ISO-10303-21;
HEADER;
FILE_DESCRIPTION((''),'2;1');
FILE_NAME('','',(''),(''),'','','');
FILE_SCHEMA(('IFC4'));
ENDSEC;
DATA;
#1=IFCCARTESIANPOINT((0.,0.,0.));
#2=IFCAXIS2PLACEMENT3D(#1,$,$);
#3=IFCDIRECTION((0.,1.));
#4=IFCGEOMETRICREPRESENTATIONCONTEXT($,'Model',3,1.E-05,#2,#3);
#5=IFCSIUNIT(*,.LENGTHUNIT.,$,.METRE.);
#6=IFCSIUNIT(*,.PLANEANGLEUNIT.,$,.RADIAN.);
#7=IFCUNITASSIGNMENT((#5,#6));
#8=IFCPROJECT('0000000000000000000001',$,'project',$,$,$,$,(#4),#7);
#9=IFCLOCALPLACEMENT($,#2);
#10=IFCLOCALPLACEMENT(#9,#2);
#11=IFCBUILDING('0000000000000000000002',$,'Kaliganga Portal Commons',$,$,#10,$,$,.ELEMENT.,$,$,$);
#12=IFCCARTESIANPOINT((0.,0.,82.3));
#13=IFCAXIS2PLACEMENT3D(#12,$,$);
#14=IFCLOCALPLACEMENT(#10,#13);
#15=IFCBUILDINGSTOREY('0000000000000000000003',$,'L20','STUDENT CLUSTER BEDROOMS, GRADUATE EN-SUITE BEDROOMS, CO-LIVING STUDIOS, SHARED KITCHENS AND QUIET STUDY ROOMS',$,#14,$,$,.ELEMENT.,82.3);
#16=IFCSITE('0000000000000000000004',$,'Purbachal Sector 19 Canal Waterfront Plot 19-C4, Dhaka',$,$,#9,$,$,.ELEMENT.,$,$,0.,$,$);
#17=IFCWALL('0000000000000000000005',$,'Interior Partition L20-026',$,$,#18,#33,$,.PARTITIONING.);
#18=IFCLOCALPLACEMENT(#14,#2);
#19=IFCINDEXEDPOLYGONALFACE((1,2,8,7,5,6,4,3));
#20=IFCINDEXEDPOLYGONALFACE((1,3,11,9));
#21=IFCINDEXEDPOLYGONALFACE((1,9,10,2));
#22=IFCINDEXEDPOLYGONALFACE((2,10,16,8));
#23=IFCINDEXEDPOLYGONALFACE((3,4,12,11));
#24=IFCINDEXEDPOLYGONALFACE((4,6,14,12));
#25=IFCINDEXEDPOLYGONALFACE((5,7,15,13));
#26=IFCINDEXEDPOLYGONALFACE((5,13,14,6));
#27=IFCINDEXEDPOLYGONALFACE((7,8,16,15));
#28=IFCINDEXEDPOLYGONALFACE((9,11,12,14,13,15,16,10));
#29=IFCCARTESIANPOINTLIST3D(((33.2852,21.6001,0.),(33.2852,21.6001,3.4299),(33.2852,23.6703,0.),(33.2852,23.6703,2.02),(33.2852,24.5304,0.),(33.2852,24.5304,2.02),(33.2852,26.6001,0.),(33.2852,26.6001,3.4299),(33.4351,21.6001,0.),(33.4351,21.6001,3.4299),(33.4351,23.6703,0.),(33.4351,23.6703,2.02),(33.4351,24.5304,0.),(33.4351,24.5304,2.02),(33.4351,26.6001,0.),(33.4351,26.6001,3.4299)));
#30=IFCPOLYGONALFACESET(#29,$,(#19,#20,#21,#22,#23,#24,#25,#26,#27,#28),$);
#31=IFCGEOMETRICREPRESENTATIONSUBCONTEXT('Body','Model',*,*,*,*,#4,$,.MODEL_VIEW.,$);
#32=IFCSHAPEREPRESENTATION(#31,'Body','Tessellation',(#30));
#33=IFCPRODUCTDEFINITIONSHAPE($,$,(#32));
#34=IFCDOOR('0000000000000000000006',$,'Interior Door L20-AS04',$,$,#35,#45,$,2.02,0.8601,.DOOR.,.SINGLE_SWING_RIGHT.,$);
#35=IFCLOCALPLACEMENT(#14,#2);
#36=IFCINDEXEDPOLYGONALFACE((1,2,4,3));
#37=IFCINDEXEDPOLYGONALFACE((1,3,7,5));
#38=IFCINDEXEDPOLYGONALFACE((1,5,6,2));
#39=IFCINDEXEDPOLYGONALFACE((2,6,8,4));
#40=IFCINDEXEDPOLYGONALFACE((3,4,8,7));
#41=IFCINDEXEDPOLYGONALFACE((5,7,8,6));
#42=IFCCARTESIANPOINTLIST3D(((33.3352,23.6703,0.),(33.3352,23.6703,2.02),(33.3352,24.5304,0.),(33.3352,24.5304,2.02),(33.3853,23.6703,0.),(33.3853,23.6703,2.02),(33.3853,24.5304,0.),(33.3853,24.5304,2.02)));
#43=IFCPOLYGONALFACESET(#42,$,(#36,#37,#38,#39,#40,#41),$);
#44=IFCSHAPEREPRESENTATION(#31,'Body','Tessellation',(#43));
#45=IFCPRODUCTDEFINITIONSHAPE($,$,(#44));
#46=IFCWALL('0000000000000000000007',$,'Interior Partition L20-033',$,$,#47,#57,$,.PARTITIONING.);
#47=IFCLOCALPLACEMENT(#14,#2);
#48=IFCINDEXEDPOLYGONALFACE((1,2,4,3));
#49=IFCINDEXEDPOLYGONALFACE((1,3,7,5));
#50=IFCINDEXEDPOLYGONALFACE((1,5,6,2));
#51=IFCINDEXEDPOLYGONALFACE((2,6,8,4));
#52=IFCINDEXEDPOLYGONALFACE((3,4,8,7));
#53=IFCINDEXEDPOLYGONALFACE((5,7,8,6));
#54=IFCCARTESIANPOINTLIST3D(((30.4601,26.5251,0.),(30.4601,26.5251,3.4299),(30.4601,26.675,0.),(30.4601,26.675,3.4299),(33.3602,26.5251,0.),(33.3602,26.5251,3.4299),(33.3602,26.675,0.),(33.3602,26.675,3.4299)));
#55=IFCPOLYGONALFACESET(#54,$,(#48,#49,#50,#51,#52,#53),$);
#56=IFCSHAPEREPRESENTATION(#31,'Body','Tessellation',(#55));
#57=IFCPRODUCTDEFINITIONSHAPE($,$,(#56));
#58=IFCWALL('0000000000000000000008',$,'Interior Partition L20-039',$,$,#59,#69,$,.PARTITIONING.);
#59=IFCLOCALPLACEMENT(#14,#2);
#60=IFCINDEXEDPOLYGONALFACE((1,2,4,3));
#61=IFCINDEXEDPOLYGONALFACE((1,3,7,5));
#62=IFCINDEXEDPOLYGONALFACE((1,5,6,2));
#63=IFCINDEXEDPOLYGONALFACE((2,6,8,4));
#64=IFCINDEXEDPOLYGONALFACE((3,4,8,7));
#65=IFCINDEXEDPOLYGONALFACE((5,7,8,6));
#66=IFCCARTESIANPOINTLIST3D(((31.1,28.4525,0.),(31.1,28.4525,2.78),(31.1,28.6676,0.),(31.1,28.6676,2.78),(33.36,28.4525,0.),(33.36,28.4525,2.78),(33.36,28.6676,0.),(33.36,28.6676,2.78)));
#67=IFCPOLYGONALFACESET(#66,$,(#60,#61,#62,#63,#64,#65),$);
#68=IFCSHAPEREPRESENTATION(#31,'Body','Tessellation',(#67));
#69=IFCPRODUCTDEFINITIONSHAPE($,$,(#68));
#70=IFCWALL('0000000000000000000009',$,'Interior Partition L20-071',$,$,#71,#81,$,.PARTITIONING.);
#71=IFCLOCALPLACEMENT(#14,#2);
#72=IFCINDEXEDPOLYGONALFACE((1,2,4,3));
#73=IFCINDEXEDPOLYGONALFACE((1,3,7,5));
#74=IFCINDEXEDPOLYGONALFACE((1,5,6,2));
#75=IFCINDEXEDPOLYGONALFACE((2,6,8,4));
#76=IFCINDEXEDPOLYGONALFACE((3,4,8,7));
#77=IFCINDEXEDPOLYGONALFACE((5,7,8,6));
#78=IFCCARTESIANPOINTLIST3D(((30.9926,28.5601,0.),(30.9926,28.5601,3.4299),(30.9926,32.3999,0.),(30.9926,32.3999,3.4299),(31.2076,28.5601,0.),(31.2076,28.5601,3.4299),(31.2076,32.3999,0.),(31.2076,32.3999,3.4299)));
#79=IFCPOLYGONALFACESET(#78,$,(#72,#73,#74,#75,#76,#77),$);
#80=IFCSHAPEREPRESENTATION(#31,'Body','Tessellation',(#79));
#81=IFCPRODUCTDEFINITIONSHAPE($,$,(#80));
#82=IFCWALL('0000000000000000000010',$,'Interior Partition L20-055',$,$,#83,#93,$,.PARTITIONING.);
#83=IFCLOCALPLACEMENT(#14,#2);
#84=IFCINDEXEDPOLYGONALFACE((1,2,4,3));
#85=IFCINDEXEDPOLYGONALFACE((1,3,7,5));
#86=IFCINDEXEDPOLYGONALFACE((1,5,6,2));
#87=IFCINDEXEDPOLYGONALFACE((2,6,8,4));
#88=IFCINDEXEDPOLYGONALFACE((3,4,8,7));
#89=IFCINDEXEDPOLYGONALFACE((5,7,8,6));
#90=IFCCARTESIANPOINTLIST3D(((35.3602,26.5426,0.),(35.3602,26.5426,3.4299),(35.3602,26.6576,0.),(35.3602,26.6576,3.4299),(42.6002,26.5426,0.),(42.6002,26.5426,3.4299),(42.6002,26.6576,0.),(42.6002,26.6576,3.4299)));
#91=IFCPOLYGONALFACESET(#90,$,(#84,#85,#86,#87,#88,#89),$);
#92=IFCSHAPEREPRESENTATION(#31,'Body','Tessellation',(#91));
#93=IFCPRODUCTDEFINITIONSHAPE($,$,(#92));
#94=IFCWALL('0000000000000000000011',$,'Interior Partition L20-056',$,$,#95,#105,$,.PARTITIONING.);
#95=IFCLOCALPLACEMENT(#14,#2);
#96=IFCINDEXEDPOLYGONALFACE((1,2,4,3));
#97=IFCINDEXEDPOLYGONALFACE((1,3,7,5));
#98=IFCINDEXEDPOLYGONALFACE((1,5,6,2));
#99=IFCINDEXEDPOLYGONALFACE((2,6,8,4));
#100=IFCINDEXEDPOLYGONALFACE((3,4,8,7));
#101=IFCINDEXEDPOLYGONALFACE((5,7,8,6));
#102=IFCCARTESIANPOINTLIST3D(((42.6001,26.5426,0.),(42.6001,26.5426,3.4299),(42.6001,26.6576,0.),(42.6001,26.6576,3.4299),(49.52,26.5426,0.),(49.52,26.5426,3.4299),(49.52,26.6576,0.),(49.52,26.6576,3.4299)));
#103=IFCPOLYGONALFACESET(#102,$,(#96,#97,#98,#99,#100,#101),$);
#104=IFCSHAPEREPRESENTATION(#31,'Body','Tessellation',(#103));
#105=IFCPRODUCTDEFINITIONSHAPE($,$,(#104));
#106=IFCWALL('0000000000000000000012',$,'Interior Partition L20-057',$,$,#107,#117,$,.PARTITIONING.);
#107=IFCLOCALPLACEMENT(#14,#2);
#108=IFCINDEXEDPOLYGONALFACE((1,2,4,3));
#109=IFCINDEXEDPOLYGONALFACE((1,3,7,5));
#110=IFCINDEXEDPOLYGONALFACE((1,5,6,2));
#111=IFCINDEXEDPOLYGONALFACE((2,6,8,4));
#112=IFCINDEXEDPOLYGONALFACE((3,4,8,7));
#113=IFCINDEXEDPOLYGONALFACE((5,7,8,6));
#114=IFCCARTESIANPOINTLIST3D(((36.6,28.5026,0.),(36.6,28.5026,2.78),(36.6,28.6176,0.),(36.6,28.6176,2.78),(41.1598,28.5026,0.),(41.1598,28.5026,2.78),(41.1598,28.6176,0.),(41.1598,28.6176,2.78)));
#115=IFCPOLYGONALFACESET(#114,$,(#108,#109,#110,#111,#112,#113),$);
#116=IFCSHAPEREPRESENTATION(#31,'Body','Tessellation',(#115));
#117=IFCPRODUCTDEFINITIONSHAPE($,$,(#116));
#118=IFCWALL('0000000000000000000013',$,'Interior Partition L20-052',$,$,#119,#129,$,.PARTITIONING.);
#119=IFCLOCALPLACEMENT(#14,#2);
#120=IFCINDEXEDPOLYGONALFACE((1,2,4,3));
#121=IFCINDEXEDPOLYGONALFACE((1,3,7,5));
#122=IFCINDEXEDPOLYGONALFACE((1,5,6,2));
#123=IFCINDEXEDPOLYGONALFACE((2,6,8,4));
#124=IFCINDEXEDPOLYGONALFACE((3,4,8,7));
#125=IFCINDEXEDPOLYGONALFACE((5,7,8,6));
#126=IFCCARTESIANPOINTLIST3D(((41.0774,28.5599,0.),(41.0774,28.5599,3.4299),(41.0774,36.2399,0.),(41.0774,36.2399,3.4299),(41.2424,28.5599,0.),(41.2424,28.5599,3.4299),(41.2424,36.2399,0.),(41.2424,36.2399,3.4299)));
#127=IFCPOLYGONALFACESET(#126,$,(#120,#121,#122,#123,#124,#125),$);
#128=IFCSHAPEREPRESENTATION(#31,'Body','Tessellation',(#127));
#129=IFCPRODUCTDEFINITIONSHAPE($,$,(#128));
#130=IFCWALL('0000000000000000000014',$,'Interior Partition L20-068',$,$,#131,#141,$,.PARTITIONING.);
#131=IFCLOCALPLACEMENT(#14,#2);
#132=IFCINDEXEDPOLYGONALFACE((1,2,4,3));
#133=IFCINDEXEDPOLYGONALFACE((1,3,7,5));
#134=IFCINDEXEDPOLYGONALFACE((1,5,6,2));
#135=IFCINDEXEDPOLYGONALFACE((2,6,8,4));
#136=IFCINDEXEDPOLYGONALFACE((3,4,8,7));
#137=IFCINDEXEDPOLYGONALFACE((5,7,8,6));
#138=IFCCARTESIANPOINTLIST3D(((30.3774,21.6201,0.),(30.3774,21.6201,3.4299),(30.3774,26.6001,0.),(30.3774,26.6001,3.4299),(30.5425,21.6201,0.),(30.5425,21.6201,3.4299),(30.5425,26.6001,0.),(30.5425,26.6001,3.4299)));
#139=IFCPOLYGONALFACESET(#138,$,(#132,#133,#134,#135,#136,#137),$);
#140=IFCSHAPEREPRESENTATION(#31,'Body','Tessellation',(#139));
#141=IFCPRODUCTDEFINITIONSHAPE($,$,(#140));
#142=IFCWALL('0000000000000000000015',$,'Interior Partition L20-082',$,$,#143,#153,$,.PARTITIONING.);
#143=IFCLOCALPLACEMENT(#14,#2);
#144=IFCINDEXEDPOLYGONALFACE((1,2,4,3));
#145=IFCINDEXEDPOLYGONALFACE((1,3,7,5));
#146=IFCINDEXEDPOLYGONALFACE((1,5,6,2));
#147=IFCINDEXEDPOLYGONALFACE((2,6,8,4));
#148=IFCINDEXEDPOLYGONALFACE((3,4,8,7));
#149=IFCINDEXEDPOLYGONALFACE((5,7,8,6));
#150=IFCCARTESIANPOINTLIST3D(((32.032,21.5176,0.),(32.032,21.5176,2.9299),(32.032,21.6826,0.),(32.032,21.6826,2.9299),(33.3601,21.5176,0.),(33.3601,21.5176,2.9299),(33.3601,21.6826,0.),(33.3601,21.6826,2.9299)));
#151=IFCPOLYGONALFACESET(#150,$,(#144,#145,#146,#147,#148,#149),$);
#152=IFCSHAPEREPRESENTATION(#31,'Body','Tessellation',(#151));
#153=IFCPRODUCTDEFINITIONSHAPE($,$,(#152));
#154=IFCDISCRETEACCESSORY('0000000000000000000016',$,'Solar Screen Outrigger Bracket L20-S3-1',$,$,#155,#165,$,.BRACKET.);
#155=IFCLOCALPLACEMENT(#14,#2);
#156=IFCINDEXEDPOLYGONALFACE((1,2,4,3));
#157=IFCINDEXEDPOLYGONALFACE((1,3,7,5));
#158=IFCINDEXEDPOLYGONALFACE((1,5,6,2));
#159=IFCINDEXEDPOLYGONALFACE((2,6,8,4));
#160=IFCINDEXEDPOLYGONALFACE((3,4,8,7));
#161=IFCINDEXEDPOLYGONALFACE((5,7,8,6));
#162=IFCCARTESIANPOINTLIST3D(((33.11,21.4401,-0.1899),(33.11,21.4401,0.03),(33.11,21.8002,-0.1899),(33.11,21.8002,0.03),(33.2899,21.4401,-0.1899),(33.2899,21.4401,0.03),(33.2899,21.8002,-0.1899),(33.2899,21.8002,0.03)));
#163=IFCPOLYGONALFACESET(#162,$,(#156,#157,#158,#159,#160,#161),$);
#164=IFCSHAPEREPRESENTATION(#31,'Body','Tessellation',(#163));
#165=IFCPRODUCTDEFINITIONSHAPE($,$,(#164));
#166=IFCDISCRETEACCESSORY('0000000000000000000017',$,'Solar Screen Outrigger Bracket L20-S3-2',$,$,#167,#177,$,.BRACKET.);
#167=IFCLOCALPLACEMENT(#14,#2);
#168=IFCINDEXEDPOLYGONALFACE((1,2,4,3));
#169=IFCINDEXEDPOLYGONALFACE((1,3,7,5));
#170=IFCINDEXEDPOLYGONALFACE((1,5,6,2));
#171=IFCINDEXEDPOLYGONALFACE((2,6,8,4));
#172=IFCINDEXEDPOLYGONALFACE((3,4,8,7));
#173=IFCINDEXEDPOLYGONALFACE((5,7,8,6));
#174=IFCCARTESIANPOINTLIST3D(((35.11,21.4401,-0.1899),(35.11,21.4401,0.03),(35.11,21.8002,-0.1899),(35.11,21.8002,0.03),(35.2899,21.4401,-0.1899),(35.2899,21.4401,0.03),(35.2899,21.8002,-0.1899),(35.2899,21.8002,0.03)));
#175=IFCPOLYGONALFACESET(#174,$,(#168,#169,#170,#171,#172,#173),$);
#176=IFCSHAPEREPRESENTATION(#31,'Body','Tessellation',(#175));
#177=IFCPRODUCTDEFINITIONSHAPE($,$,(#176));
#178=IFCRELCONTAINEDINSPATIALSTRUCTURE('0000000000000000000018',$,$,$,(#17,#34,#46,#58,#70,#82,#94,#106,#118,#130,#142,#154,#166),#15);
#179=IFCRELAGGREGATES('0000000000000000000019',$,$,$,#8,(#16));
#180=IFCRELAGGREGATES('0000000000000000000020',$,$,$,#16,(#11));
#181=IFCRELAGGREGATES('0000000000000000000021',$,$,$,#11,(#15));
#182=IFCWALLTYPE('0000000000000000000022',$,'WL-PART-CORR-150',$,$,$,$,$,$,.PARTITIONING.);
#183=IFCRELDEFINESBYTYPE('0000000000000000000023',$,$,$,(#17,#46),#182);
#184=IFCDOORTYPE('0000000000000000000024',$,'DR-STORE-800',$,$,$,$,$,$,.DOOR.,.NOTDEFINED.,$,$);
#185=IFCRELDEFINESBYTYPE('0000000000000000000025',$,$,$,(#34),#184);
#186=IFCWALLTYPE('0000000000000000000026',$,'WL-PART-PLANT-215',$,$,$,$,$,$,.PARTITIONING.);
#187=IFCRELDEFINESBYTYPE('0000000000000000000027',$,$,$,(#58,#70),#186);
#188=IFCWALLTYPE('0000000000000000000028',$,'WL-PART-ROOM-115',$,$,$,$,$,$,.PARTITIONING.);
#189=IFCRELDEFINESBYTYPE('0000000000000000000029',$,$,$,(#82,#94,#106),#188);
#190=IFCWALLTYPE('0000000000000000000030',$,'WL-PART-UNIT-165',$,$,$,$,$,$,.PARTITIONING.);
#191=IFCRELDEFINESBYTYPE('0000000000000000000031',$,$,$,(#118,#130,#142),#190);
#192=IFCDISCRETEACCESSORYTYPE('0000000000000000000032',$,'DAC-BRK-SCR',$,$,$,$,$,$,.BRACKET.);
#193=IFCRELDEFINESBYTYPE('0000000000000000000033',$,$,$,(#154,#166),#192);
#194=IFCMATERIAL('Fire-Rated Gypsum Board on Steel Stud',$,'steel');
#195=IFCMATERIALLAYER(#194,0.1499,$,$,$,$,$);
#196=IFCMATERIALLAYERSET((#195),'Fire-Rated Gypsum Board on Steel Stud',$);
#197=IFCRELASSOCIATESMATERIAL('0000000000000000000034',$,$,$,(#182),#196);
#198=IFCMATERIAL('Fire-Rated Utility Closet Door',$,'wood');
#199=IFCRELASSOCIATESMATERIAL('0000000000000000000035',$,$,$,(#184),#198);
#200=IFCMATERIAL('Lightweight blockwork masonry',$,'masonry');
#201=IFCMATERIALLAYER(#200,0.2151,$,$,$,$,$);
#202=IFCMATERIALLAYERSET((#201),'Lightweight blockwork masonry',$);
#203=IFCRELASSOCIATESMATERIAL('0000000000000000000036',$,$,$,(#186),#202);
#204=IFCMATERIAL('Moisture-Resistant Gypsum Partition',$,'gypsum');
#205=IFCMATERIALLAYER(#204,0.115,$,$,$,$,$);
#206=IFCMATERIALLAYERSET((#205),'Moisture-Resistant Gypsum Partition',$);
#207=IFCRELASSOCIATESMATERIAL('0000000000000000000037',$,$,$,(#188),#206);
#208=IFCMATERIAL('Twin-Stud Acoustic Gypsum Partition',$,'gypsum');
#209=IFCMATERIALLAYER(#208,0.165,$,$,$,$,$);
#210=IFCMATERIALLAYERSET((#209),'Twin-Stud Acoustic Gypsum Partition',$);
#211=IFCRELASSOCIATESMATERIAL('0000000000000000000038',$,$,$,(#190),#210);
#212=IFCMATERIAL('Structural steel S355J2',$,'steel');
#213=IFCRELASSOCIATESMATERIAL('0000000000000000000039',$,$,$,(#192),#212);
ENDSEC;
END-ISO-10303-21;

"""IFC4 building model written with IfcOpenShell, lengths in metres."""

from ifc_helpers import new_model, si_unit, direction, frame, frame_2d, origin, origin_2d, place, context, subcontext, project, spatial, rectangle, extrude, source, transform, mapped, material, layer, layer_set, type_object, element, fill, save


model = new_model("IFC4")

# Units and contexts
model_context = context("Model", 3, precision=1e-05, world=origin(), true_north=direction((0.0, 1.0)))
body_context = subcontext(model_context, "Body", "Model", "MODEL_VIEW")
ifc_project = project(units=[si_unit("LENGTHUNIT", "METRE"), si_unit("PLANEANGLEUNIT", "RADIAN")], contexts=[model_context])

# Site, building, storey
site_placement = place(None, origin())
site = spatial("IfcSite", under=ifc_project, at=site_placement, Name="Purbachal Sector 19 Canal Waterfront Plot 19-C4, Dhaka", CompositionType="ELEMENT", RefElevation=0.0)
building_placement = place(site_placement, origin())
building = spatial("IfcBuilding", under=site, at=building_placement, Name="Kaliganga Portal Commons", CompositionType="ELEMENT")
storey_placement = place(building_placement, frame((0.0, 0.0, 82.3)))
storey = spatial("IfcBuildingStorey", under=building, at=storey_placement, Name="L20", Description="STUDENT CLUSTER BEDROOMS, GRADUATE EN-SUITE BEDROOMS, CO-LIVING STUDIOS, SHARED KITCHENS AND QUIET STUDY ROOMS", CompositionType="ELEMENT", Elevation=82.3)

# Shared definitions
ifc_material_1 = material(Name="Structural steel S355J2", Category="steel")

# Wall, opening, door
ifc_material_2 = material(Name="Fire-Rated Gypsum Board on Steel Stud", Category="steel")
ifc_layer_1 = layer(ifc_material_2, 0.1499)
ifc_layer_set_1 = layer_set([ifc_layer_1], Name="Fire-Rated Gypsum Board on Steel Stud")
wall_type_1 = type_object("IfcWallType", Name="WL-PART-CORR-150", PredefinedType="PARTITIONING", material=ifc_layer_set_1)
wall_1_placement = place(storey_placement, frame((33.3601, 21.6001, 0.0), z_axis=(0.0, 0.0, 1.0), x_axis=(0.0, 1.0, 0.0)))
wall_1 = element("IfcWall", 1, at=wall_1_placement, inside=storey, type_object=wall_type_1, Name="Interior Partition L20-026", PredefinedType="PARTITIONING", context=body_context, shape_type="SweptSolid", body=[
    extrude(rectangle(XDim=5.0, YDim=0.1499, at=frame_2d((2.5, 0.0))), origin(), (0.0, 0.0, 1.0), 3.4299),
])
opening_1_placement = place(wall_1_placement, frame((2.0701, 0.0, 0.0)))
opening_1 = element("IfcOpeningElement", 2, at=opening_1_placement, cuts=wall_1, PredefinedType="OPENING", context=body_context, shape_type="SweptSolid", body=[
    extrude(rectangle(XDim=0.8601, YDim=2.02, at=frame_2d((0.4302, 1.01))), frame((0.0, 0.085, 0.0), z_axis=(0.0, -1.0, 0.0), x_axis=(1.0, 0.0, 0.0)), (0.0, 0.0, 1.0), 0.1699),
])
ifc_material_3 = material(Name="Fire-Rated Utility Closet Door", Category="wood")
door_type_1 = type_object("IfcDoorType", Name="DR-STORE-800", OperationType="NOTDEFINED", PredefinedType="DOOR", material=ifc_material_3)
door_1_placement = place(opening_1_placement, origin())
door_1 = element("IfcDoor", 3, at=door_1_placement, inside=storey, type_object=door_type_1, Name="Interior Door L20-AS04", OperationType="SINGLE_SWING_RIGHT", OverallHeight=2.02, OverallWidth=0.8601, PredefinedType="DOOR", context=body_context, shape_type="SweptSolid", body=[
    extrude(rectangle(XDim=0.8601, YDim=2.02, at=frame_2d((0.4302, 1.01))), frame((0.0, 0.0249, 0.0), z_axis=(0.0, -1.0, 0.0), x_axis=(1.0, 0.0, 0.0)), (0.0, 0.0, 1.0), 0.05),
])
fill(opening_1, door_1)

# Wall
wall_2_placement = place(storey_placement, frame((30.46, 26.6001, 0.0), z_axis=(0.0, 0.0, 1.0), x_axis=(1.0, 0.0, 0.0)))
element("IfcWall", 4, at=wall_2_placement, inside=storey, type_object=wall_type_1, Name="Interior Partition L20-033", PredefinedType="PARTITIONING", context=body_context, shape_type="SweptSolid", body=[
    extrude(rectangle(XDim=2.9001, YDim=0.1499, at=frame_2d((1.4502, 0.0))), origin(), (0.0, 0.0, 1.0), 3.4299),
])

# Shared definitions
ifc_material_4 = material(Name="Lightweight blockwork masonry", Category="masonry")
ifc_layer_2 = layer(ifc_material_4, 0.2151)
ifc_layer_set_2 = layer_set([ifc_layer_2], Name="Lightweight blockwork masonry")
wall_type_2 = type_object("IfcWallType", Name="WL-PART-PLANT-215", PredefinedType="PARTITIONING", material=ifc_layer_set_2)

# Walls
wall_3_placement = place(storey_placement, frame((31.1001, 28.5601, 0.0), z_axis=(0.0, 0.0, 1.0), x_axis=(1.0, 0.0, 0.0)))
element("IfcWall", 5, at=wall_3_placement, inside=storey, type_object=wall_type_2, Name="Interior Partition L20-039", PredefinedType="PARTITIONING", context=body_context, shape_type="SweptSolid", body=[
    extrude(rectangle(XDim=2.26, YDim=0.2151, at=frame_2d((1.1299, 0.0))), origin(), (0.0, 0.0, 1.0), 2.78),
])
wall_4_placement = place(storey_placement, frame((31.1001, 28.5601, 0.0), z_axis=(0.0, 0.0, 1.0), x_axis=(0.0, 1.0, 0.0)))
element("IfcWall", 6, at=wall_4_placement, inside=storey, type_object=wall_type_2, Name="Interior Partition L20-071", PredefinedType="PARTITIONING", context=body_context, shape_type="SweptSolid", body=[
    extrude(rectangle(XDim=3.8398, YDim=0.2151, at=frame_2d((1.9199, 0.0))), origin(), (0.0, 0.0, 1.0), 3.4299),
])
ifc_material_5 = material(Name="Moisture-Resistant Gypsum Partition", Category="gypsum")
ifc_layer_3 = layer(ifc_material_5, 0.115)
ifc_layer_set_3 = layer_set([ifc_layer_3], Name="Moisture-Resistant Gypsum Partition")
wall_type_3 = type_object("IfcWallType", Name="WL-PART-ROOM-115", PredefinedType="PARTITIONING", material=ifc_layer_set_3)
wall_5_placement = place(storey_placement, frame((35.3601, 26.6001, 0.0), z_axis=(0.0, 0.0, 1.0), x_axis=(1.0, 0.0, 0.0)))
element("IfcWall", 7, at=wall_5_placement, inside=storey, type_object=wall_type_3, Name="Interior Partition L20-055", PredefinedType="PARTITIONING", context=body_context, shape_type="SweptSolid", body=[
    extrude(rectangle(XDim=7.24, YDim=0.115, at=frame_2d((3.6201, 0.0))), origin(), (0.0, 0.0, 1.0), 3.4299),
])
wall_6_placement = place(storey_placement, frame((42.6001, 26.6001, 0.0), z_axis=(0.0, 0.0, 1.0), x_axis=(1.0, 0.0, 0.0)))
element("IfcWall", 8, at=wall_6_placement, inside=storey, type_object=wall_type_3, Name="Interior Partition L20-056", PredefinedType="PARTITIONING", context=body_context, shape_type="SweptSolid", body=[
    extrude(rectangle(XDim=6.9199, YDim=0.115, at=frame_2d((3.46, 0.0))), origin(), (0.0, 0.0, 1.0), 3.4299),
])
wall_7_placement = place(storey_placement, frame((36.6001, 28.5601, 0.0), z_axis=(0.0, 0.0, 1.0), x_axis=(1.0, 0.0, 0.0)))
element("IfcWall", 9, at=wall_7_placement, inside=storey, type_object=wall_type_3, Name="Interior Partition L20-057", PredefinedType="PARTITIONING", context=body_context, shape_type="SweptSolid", body=[
    extrude(rectangle(XDim=4.5598, YDim=0.115, at=frame_2d((2.2798, 0.0))), origin(), (0.0, 0.0, 1.0), 2.78),
])
ifc_material_6 = material(Name="Twin-Stud Acoustic Gypsum Partition", Category="gypsum")
ifc_layer_4 = layer(ifc_material_6, 0.165)
ifc_layer_set_4 = layer_set([ifc_layer_4], Name="Twin-Stud Acoustic Gypsum Partition")
wall_type_4 = type_object("IfcWallType", Name="WL-PART-UNIT-165", PredefinedType="PARTITIONING", material=ifc_layer_set_4)
wall_8_placement = place(storey_placement, frame((41.1599, 28.5601, 0.0), z_axis=(0.0, 0.0, 1.0), x_axis=(0.0, 1.0, 0.0)))
element("IfcWall", 10, at=wall_8_placement, inside=storey, type_object=wall_type_4, Name="Interior Partition L20-052", PredefinedType="PARTITIONING", context=body_context, shape_type="SweptSolid", body=[
    extrude(rectangle(XDim=7.6799, YDim=0.165, at=frame_2d((3.8398, 0.0))), origin(), (0.0, 0.0, 1.0), 3.4299),
])
wall_9_placement = place(storey_placement, frame((30.46, 21.6201, 0.0), z_axis=(0.0, 0.0, 1.0), x_axis=(0.0, 1.0, 0.0)))
element("IfcWall", 11, at=wall_9_placement, inside=storey, type_object=wall_type_4, Name="Interior Partition L20-068", PredefinedType="PARTITIONING", context=body_context, shape_type="SweptSolid", body=[
    extrude(rectangle(XDim=4.98, YDim=0.165, at=frame_2d((2.49, 0.0))), origin(), (0.0, 0.0, 1.0), 3.4299),
])
wall_10_placement = place(storey_placement, frame((32.032, 21.6001, 0.0), z_axis=(0.0, 0.0, 1.0), x_axis=(1.0, 0.0, 0.0)))
element("IfcWall", 12, at=wall_10_placement, inside=storey, type_object=wall_type_4, Name="Interior Partition L20-082", PredefinedType="PARTITIONING", context=body_context, shape_type="SweptSolid", body=[
    extrude(rectangle(XDim=1.3281, YDim=0.165, at=frame_2d((0.6641, 0.0))), origin(), (0.0, 0.0, 1.0), 2.9299),
])

# Discrete accessories
discrete_accessory_type = type_object("IfcDiscreteAccessoryType", Name="DAC-BRK-SCR", PredefinedType="BRACKET", material=ifc_material_1)
shared_shape_1 = source(origin(), body_context, "Body", "SweptSolid", [
    extrude(rectangle(XDim=0.1799, YDim=0.3601, at=origin_2d()), origin(), (0.0, 0.0, 1.0), 0.22),
])
for number, where, z_axis, x_axis, name in (
    (13, (33.2, 21.6201, -0.1899), (0.0, 0.0, 1.0), (1.0, 0.0, 0.0), "Solar Screen Outrigger Bracket L20-S3-1"),
    (14, (35.2, 21.6201, -0.1899), (0.0, 0.0, 1.0), (1.0, 0.0, 0.0), "Solar Screen Outrigger Bracket L20-S3-2"),
):
    element("IfcDiscreteAccessory", number, at=place(storey_placement, frame(where, z_axis=z_axis, x_axis=x_axis)), inside=storey, type_object=discrete_accessory_type, Name=name, PredefinedType="BRACKET", context=body_context, shape_type="MappedRepresentation", body=[
        mapped(shared_shape_1, transform((0.0, 0.0, 0.0), x_axis=(1.0, 0.0, 0.0), y_axis=(0.0, 1.0, 0.0), z_axis=(0.0, 0.0, 1.0), scale=1.0)),
    ])

save(model, "model.ifc")
